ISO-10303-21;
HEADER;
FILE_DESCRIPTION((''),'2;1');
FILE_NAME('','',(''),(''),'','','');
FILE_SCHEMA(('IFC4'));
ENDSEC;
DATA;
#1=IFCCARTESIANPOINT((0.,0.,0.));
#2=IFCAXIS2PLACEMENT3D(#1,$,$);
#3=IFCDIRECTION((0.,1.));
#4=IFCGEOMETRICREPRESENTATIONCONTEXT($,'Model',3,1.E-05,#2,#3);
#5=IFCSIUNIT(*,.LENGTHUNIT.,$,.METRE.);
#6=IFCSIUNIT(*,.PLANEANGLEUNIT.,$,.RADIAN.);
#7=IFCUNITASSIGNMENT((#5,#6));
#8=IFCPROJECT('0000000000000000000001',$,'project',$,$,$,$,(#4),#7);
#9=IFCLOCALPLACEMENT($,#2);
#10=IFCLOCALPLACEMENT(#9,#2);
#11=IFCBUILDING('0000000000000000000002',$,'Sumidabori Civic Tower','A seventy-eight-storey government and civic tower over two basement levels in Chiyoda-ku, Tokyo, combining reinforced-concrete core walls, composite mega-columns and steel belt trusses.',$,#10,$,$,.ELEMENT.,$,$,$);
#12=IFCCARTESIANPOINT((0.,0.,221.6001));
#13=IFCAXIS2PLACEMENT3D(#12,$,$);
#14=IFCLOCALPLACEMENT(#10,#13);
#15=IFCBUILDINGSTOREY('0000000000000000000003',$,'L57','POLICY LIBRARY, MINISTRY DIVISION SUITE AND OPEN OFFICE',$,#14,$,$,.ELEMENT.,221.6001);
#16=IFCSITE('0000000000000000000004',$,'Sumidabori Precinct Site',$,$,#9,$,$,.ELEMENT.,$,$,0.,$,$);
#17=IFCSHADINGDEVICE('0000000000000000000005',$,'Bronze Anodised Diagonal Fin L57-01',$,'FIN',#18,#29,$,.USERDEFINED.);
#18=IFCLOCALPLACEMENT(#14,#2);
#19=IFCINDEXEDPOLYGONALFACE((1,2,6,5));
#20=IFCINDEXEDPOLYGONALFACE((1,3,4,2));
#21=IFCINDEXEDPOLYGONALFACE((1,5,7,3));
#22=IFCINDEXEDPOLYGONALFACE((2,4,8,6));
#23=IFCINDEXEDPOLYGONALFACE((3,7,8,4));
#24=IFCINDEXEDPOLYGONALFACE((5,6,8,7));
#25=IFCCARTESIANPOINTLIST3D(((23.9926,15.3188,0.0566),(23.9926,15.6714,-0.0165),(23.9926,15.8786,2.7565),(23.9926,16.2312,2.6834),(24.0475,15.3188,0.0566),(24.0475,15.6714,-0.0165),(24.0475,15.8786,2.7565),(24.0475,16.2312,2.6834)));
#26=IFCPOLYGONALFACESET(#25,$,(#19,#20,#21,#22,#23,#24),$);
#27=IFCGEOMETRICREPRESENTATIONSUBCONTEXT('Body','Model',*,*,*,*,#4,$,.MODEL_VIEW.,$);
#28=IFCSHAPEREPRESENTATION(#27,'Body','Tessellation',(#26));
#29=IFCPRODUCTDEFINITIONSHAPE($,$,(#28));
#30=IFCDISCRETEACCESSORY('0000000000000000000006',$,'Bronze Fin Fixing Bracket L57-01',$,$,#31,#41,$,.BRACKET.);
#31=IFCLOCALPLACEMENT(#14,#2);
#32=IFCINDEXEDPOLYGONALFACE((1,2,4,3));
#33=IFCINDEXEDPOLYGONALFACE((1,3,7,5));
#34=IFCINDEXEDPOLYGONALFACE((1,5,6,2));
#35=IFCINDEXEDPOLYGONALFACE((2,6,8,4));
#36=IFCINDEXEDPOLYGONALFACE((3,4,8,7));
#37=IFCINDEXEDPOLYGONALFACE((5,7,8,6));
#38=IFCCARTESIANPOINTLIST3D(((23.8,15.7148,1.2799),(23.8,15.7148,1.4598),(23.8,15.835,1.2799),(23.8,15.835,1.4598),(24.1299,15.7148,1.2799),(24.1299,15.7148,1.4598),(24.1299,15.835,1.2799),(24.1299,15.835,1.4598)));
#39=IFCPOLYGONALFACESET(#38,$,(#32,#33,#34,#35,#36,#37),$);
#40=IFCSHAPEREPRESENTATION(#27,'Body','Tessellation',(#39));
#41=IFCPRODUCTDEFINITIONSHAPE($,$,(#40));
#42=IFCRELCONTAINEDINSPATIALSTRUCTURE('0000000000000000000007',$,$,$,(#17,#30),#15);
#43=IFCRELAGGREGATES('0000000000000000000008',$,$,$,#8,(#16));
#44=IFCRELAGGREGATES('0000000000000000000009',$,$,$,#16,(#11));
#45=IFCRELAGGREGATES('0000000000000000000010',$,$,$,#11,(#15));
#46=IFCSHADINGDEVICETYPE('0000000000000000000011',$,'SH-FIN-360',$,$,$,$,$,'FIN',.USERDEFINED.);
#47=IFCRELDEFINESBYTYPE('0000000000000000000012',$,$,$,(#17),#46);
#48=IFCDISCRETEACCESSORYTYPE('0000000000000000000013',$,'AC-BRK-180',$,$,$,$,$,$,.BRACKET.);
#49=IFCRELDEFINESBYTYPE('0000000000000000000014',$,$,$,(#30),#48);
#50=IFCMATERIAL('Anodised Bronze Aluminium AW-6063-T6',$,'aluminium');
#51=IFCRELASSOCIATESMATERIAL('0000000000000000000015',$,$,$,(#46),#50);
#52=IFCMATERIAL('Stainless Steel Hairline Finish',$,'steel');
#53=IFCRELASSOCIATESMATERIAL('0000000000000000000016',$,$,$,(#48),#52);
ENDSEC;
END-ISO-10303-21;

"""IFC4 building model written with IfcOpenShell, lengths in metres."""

from ifc_helpers import new_model, si_unit, direction, frame, origin, origin_2d, place, context, subcontext, project, spatial, rectangle, extrude, source, transform, mapped, material, material_profile, profile_set, type_object, element, save


model = new_model("IFC4")

# Units and contexts
model_context = context("Model", 3, precision=1e-05, world=origin(), true_north=direction((0.0, 1.0)))
body_context = subcontext(model_context, "Body", "Model", "MODEL_VIEW")
ifc_project = project(units=[si_unit("LENGTHUNIT", "METRE"), si_unit("PLANEANGLEUNIT", "RADIAN")], contexts=[model_context])

# Site, building, storey
site_placement = place(None, origin())
site = spatial("IfcSite", under=ifc_project, at=site_placement, Name="Sumidabori Precinct Site", CompositionType="ELEMENT", RefElevation=0.0)
building_placement = place(site_placement, origin())
building = spatial("IfcBuilding", under=site, at=building_placement, Name="Sumidabori Civic Tower", Description="A seventy-eight-storey government and civic tower over two basement levels in Chiyoda-ku, Tokyo, combining reinforced-concrete core walls, composite mega-columns and steel belt trusses.", CompositionType="ELEMENT")
storey_placement = place(building_placement, frame((0.0, 0.0, 221.6001)))
storey = spatial("IfcBuildingStorey", under=building, at=storey_placement, Name="L57", Description="POLICY LIBRARY, MINISTRY DIVISION SUITE AND OPEN OFFICE", CompositionType="ELEMENT", Elevation=221.6001)

# Shared definitions
ifc_material_1 = material(Name="Anodised Bronze Aluminium AW-6063-T6", Category="aluminium")

# Shared definitions
ifc_material_2 = material(Name="Stainless Steel Hairline Finish", Category="steel")

# Shading device
ifc_material_profile_1 = material_profile(ifc_material_1, rectangle(XDim=0.0549, YDim=0.3601, at=origin_2d()), Name="BRONZE FIN 360x55")
ifc_profile_set_1 = profile_set([ifc_material_profile_1], Name="Anodised Bronze Aluminium AW-6063-T6")
shading_device_type = type_object("IfcShadingDeviceType", Name="SH-FIN-360", ElementType="FIN", PredefinedType="USERDEFINED", material=ifc_profile_set_1)
shared_shape_1 = source(origin(), body_context, "Body", "SweptSolid", [
    extrude(rectangle(XDim=0.0549, YDim=0.3601, at=origin_2d()), origin(), (0.0, 0.0, 1.0), 2.7573),
])
shading_device_placement = place(storey_placement, frame((24.02, 15.4951, 0.02), z_axis=(0.0, 0.203024, 0.979174), x_axis=(-1.0, 0.0, 0.0)))
element("IfcShadingDevice", 1, at=shading_device_placement, inside=storey, type_object=shading_device_type, Name="Bronze Anodised Diagonal Fin L57-01", ObjectType="FIN", PredefinedType="USERDEFINED", context=body_context, shape_type="MappedRepresentation", body=[
    mapped(shared_shape_1, transform((0.0, 0.0, 0.0), x_axis=(1.0, 0.0, 0.0), y_axis=(0.0, 1.0, 0.0), z_axis=(0.0, 0.0, 1.0), scale=1.0)),
])

# Discrete accessory
ifc_material_profile_2 = material_profile(ifc_material_2, rectangle(XDim=0.1201, YDim=0.1799, at=origin_2d()), Name="STEEL BRACKET 180x120")
ifc_profile_set_2 = profile_set([ifc_material_profile_2], Name="Stainless Steel Hairline Finish")
discrete_accessory_type = type_object("IfcDiscreteAccessoryType", Name="AC-BRK-180", PredefinedType="BRACKET", material=ifc_profile_set_2)
shared_shape_2 = source(origin(), body_context, "Body", "SweptSolid", [
    extrude(rectangle(XDim=0.1201, YDim=0.1799, at=origin_2d()), origin(), (0.0, 0.0, 1.0), 0.3298),
])
discrete_accessory_placement = place(storey_placement, frame((23.8, 15.7749, 1.3699), z_axis=(1.0, 0.0, 0.0), x_axis=(0.0, 1.0, 0.0)))
element("IfcDiscreteAccessory", 2, at=discrete_accessory_placement, inside=storey, type_object=discrete_accessory_type, Name="Bronze Fin Fixing Bracket L57-01", PredefinedType="BRACKET", context=body_context, shape_type="MappedRepresentation", body=[
    mapped(shared_shape_2, transform((0.0, 0.0, 0.0), x_axis=(1.0, 0.0, 0.0), y_axis=(0.0, 1.0, 0.0), z_axis=(0.0, 0.0, 1.0), scale=1.0)),
])

save(model, "model.ifc")
